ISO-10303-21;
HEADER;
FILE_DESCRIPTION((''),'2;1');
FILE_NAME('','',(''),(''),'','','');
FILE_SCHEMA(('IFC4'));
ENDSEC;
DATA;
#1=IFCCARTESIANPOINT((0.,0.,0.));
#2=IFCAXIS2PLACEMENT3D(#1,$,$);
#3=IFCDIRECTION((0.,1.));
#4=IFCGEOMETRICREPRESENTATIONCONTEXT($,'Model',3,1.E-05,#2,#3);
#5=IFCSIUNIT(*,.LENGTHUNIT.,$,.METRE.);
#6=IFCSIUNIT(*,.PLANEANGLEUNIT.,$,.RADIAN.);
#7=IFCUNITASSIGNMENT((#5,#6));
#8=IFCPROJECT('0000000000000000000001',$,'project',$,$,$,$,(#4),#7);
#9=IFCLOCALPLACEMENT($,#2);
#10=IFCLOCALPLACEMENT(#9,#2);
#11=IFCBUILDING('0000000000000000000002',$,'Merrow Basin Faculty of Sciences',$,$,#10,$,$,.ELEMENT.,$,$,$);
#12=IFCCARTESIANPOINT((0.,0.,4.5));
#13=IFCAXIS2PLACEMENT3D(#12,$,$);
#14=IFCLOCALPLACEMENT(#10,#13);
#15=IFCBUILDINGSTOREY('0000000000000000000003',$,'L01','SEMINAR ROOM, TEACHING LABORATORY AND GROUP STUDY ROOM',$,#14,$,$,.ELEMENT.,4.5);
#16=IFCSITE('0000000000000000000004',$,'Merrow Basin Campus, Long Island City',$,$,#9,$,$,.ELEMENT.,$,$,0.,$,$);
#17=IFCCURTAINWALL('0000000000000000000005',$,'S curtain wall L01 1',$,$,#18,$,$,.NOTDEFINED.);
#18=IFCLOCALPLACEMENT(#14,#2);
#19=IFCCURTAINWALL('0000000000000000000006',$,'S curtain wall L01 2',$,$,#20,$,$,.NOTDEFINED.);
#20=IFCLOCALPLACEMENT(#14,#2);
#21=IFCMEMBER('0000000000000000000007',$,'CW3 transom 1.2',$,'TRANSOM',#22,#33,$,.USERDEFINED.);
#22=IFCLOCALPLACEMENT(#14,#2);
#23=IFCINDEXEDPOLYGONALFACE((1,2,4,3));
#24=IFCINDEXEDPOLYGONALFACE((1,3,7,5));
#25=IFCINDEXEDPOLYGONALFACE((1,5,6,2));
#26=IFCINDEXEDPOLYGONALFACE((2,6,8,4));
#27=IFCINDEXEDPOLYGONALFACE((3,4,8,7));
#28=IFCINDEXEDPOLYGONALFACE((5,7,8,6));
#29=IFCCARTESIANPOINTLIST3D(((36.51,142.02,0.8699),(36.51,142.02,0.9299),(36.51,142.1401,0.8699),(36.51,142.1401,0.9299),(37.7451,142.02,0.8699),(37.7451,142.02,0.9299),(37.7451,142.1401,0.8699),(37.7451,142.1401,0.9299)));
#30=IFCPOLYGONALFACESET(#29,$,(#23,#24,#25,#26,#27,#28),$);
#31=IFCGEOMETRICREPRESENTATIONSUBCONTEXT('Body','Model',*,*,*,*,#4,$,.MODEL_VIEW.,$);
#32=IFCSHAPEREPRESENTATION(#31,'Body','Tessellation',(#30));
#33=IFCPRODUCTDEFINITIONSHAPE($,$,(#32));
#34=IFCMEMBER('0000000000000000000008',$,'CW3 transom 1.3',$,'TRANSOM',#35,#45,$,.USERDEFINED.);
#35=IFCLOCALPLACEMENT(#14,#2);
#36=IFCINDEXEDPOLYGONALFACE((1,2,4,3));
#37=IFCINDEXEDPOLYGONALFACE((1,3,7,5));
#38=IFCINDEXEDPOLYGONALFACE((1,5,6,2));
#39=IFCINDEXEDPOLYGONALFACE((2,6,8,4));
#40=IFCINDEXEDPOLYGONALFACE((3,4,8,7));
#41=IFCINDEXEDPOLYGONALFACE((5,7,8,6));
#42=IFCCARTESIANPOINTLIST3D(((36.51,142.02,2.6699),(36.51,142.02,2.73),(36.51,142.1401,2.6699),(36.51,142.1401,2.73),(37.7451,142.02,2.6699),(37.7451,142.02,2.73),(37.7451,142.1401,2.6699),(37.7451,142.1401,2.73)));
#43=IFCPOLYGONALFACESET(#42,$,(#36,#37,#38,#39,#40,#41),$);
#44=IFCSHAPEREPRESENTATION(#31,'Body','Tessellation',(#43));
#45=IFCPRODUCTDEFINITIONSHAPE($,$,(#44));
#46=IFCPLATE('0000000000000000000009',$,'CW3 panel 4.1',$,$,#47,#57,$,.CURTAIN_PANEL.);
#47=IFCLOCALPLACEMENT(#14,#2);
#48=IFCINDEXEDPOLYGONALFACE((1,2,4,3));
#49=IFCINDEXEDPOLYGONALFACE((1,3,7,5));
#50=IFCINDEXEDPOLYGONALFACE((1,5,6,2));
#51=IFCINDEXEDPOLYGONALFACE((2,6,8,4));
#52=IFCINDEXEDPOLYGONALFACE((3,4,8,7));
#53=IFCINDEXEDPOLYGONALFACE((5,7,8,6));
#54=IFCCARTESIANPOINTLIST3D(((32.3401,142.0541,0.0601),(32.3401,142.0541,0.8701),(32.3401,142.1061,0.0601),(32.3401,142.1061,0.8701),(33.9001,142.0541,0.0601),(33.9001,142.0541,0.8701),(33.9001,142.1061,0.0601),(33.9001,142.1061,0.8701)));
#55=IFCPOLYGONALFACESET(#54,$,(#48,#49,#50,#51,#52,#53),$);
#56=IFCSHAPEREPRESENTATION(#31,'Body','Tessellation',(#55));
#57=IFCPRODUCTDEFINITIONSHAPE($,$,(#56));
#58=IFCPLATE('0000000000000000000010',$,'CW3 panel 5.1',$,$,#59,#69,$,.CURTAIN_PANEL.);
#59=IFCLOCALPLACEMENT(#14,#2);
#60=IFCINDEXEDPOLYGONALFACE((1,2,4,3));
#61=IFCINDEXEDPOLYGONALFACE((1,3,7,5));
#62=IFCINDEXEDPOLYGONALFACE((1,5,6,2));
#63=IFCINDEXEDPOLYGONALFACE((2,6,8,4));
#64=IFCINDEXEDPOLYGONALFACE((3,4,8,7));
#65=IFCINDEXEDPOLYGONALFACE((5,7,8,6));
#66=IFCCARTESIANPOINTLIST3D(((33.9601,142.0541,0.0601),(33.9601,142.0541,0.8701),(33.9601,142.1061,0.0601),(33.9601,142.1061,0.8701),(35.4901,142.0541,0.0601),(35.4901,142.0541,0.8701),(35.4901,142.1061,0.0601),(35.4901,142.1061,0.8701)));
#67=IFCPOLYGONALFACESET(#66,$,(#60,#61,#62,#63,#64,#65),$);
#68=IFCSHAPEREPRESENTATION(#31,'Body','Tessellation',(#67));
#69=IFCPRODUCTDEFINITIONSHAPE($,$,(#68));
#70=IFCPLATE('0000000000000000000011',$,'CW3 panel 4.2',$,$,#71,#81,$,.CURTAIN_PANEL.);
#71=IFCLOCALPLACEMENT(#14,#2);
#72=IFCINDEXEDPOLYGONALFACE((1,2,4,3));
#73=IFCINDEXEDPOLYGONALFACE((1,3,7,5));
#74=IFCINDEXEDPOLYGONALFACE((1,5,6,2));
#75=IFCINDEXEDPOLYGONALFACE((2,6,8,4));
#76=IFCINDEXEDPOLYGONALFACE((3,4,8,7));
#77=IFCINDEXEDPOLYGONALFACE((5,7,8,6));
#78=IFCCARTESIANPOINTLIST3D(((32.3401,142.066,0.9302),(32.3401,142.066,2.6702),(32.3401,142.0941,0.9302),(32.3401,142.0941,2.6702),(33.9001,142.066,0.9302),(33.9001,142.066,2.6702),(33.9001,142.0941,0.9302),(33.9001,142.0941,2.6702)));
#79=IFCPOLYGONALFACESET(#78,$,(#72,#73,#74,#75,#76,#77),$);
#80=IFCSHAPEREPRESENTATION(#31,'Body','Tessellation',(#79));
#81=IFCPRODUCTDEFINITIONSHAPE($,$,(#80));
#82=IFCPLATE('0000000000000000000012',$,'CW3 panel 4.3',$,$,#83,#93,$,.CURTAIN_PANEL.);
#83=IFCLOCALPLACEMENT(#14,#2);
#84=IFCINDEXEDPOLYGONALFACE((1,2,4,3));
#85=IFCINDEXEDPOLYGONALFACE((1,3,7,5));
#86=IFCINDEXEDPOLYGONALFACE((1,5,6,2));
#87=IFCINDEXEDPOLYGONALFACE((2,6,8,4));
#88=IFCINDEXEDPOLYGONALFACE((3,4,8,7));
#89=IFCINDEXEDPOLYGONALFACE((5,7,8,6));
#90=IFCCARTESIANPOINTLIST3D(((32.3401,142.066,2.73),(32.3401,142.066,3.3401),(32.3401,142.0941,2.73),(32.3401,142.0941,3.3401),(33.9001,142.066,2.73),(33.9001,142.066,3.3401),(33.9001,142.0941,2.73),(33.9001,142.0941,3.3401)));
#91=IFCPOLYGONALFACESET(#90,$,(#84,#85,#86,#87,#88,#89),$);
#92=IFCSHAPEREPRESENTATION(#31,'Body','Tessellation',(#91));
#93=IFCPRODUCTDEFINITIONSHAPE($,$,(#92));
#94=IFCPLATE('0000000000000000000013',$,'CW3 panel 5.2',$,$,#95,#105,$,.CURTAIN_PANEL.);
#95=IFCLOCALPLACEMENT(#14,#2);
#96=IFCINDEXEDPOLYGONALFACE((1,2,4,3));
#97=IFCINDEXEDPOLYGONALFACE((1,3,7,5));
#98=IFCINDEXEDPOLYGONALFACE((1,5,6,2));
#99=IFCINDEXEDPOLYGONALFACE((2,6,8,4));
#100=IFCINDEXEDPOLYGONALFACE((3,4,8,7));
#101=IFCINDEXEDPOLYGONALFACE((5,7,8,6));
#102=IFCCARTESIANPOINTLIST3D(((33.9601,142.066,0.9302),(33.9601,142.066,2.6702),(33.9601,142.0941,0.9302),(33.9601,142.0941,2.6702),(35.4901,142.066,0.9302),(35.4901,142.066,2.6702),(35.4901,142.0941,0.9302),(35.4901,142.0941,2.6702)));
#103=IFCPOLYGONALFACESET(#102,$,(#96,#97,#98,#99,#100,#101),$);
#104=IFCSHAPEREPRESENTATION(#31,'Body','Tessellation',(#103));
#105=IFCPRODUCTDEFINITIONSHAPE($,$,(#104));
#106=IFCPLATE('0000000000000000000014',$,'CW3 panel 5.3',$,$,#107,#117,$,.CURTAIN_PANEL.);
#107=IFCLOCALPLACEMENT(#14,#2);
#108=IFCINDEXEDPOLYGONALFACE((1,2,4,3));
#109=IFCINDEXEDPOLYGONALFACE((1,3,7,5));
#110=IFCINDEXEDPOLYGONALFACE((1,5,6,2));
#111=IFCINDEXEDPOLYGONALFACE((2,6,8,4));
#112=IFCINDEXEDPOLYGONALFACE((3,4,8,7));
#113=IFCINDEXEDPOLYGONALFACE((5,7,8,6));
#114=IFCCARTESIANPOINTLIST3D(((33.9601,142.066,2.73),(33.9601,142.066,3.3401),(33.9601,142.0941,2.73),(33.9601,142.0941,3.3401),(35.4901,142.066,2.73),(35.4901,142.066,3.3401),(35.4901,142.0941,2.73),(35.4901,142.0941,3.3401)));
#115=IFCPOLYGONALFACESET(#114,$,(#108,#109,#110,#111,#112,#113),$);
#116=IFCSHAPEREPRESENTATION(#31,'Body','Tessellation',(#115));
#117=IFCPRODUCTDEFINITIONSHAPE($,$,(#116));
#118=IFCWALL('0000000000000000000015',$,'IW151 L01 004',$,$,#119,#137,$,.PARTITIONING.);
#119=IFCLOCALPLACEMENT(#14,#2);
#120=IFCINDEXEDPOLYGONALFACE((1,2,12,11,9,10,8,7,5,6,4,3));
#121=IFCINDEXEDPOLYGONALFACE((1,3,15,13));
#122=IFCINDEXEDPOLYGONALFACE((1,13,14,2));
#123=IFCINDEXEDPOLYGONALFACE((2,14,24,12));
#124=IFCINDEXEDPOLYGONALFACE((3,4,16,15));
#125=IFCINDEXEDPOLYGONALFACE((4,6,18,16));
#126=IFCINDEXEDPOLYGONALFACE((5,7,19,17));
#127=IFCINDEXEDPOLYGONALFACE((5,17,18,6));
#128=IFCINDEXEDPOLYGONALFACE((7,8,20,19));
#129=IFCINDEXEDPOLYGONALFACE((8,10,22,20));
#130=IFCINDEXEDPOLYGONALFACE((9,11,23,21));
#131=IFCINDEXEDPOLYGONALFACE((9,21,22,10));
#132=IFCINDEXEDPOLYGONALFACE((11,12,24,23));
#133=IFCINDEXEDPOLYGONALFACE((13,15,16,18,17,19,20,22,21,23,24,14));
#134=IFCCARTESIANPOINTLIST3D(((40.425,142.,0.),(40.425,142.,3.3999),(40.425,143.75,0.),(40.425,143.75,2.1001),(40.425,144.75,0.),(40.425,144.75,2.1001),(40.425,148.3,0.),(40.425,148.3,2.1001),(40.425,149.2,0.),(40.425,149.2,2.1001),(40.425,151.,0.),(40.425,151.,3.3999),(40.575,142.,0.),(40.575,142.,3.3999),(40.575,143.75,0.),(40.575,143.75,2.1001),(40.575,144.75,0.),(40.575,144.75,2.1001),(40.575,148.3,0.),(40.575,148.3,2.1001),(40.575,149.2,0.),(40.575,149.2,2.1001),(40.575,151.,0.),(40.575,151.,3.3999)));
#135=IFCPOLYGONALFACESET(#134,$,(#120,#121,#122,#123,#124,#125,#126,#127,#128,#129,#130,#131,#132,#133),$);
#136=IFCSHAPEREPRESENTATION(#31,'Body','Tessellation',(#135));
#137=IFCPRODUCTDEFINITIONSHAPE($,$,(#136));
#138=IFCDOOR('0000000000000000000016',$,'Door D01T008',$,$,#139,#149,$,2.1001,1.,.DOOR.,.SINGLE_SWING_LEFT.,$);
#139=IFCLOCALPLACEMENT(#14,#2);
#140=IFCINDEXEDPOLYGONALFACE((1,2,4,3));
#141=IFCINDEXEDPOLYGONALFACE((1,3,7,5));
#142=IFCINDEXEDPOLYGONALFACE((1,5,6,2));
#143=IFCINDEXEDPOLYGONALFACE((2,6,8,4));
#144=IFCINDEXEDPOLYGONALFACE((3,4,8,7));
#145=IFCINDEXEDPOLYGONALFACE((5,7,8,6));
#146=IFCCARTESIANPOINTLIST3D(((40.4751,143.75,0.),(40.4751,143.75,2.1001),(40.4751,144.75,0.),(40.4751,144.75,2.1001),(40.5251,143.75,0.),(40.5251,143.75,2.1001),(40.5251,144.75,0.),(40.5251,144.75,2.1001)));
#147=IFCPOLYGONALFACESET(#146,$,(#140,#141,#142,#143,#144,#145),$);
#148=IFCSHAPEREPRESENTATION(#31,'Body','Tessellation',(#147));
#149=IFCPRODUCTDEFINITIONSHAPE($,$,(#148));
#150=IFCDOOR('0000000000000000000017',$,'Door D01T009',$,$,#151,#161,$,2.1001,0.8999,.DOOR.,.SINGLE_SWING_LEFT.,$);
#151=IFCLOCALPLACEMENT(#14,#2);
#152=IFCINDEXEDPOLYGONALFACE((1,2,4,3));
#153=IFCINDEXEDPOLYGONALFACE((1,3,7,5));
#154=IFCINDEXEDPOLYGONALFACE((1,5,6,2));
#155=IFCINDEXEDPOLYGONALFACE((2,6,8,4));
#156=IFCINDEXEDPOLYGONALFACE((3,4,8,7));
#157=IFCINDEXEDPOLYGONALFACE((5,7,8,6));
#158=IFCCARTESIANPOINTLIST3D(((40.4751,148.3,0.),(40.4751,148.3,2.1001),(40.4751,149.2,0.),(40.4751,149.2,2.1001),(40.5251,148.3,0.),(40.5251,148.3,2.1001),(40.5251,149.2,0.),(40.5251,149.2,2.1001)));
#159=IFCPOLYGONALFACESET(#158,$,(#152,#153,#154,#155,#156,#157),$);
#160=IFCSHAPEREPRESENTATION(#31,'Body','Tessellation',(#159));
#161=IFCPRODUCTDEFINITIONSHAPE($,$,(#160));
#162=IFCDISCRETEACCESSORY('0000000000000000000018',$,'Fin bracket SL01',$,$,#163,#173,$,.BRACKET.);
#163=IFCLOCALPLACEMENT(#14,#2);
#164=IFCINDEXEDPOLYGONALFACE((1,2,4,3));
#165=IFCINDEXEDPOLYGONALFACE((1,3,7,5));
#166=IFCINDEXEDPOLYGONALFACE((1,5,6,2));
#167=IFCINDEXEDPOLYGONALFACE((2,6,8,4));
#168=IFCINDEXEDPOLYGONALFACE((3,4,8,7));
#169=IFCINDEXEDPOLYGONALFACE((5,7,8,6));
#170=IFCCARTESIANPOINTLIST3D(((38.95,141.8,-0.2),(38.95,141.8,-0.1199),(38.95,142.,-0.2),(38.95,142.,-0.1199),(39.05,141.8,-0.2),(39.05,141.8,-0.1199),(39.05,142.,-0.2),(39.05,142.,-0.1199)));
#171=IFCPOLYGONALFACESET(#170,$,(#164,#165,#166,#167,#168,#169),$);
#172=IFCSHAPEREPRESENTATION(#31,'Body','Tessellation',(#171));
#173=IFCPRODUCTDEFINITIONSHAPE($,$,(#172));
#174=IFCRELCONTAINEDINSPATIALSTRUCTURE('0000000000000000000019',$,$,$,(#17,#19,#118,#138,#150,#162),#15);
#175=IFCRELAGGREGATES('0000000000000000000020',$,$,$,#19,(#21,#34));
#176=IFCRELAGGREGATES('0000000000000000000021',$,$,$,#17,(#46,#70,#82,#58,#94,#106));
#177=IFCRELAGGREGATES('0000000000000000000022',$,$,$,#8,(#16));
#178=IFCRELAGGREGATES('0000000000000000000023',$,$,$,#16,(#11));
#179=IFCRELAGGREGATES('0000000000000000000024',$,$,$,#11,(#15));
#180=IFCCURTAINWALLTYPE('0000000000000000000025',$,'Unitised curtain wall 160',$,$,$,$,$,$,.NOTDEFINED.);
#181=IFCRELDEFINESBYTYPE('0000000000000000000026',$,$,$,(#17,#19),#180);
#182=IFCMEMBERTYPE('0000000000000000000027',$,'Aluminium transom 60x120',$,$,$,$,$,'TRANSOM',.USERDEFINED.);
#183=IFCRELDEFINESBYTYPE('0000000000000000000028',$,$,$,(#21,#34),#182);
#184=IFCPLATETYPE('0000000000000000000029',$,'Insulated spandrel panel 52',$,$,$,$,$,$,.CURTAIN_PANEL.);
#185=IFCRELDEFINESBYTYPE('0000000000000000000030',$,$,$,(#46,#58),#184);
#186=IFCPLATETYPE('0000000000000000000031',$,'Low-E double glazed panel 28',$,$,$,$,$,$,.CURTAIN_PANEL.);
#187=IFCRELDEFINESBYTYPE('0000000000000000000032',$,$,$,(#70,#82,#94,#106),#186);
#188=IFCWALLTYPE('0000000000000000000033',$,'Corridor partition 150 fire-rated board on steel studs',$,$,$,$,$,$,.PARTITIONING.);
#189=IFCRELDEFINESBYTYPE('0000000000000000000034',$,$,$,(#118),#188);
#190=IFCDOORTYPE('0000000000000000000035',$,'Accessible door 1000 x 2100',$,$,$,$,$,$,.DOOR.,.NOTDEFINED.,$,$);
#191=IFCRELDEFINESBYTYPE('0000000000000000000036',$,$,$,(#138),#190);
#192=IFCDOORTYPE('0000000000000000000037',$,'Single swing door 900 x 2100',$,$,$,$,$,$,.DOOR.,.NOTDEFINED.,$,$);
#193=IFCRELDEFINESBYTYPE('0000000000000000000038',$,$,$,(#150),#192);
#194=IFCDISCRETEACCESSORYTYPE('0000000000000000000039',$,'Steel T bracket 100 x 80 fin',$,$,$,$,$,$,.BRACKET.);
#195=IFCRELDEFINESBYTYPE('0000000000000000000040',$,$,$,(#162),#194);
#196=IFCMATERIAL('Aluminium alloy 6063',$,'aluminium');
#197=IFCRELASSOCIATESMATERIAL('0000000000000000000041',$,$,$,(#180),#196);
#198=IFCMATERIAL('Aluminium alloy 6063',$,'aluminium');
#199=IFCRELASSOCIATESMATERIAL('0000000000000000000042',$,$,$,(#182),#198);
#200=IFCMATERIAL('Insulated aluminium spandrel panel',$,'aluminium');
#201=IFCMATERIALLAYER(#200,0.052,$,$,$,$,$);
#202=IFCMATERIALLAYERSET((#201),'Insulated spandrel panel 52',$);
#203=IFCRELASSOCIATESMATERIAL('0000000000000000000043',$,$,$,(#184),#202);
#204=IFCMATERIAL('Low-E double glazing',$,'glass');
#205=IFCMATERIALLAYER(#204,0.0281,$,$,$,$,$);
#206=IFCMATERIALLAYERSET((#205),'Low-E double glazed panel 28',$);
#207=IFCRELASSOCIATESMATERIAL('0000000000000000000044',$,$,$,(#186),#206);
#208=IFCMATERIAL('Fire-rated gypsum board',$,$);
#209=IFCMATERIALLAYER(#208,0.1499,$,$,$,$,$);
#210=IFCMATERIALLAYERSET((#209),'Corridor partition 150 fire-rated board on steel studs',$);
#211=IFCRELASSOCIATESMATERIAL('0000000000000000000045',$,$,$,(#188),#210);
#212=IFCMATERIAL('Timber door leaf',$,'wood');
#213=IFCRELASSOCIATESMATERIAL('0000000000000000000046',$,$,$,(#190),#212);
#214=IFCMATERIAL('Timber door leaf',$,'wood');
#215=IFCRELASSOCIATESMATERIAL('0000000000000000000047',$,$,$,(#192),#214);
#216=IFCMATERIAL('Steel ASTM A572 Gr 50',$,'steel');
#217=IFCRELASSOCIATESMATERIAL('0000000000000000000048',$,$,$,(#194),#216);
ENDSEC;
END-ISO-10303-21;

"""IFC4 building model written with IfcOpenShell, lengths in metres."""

from ifc_helpers import new_model, si_unit, direction, frame, frame_2d, origin, origin_2d, place, context, subcontext, project, spatial, polyline, rectangle, outline, extrude, source, transform, mapped, material, layer, layer_set, material_profile, profile_set, type_object, element, fill, aggregate, save


model = new_model("IFC4")

# Units and contexts
model_context = context("Model", 3, precision=1e-05, world=origin(), true_north=direction((0.0, 1.0)))
body_context = subcontext(model_context, "Body", "Model", "MODEL_VIEW")
ifc_project = project(units=[si_unit("LENGTHUNIT", "METRE"), si_unit("PLANEANGLEUNIT", "RADIAN")], contexts=[model_context])

# Site, building, storey
site_placement = place(None, origin())
site = spatial("IfcSite", under=ifc_project, at=site_placement, Name="Merrow Basin Campus, Long Island City", CompositionType="ELEMENT", RefElevation=0.0)
building_placement = place(site_placement, origin())
building = spatial("IfcBuilding", under=site, at=building_placement, Name="Merrow Basin Faculty of Sciences", CompositionType="ELEMENT")
storey_placement = place(building_placement, frame((0.0, 0.0, 4.5)))
storey = spatial("IfcBuildingStorey", under=building, at=storey_placement, Name="L01", Description="SEMINAR ROOM, TEACHING LABORATORY AND GROUP STUDY ROOM", CompositionType="ELEMENT", Elevation=4.5)

# Curtain wall
ifc_material_1 = material(Name="Aluminium alloy 6063", Category="aluminium")
curtain_wall_type = type_object("IfcCurtainWallType", Name="Unitised curtain wall 160", PredefinedType="NOTDEFINED", material=ifc_material_1)
curtain_wall_1_placement = place(storey_placement, origin())
curtain_wall_1 = element("IfcCurtainWall", 1, at=curtain_wall_1_placement, inside=storey, type_object=curtain_wall_type, Name="S curtain wall L01 1", PredefinedType="NOTDEFINED")

# Curtain wall
curtain_wall_2_placement = place(storey_placement, origin())
curtain_wall_2 = element("IfcCurtainWall", 2, at=curtain_wall_2_placement, inside=storey, type_object=curtain_wall_type, Name="S curtain wall L01 2", PredefinedType="NOTDEFINED")

# Members
ifc_material_2 = material(Name="Aluminium alloy 6063", Category="aluminium")
ifc_material_profile_1 = material_profile(ifc_material_2, rectangle(XDim=0.1201, YDim=0.0601, at=origin_2d()))
ifc_profile_set_1 = profile_set([ifc_material_profile_1], Name="Aluminium alloy 6063")
member_type_1 = type_object("IfcMemberType", Name="Aluminium transom 60x120", ElementType="TRANSOM", PredefinedType="USERDEFINED", material=ifc_profile_set_1)
member_1_placement = place(storey_placement, frame((36.51, 142.0801, 0.8999), z_axis=(1.0, 0.0, 0.0), x_axis=(0.0, 1.0, 0.0)))
member_1 = element("IfcMember", 3, at=member_1_placement, type_object=member_type_1, Name="CW3 transom 1.2", ObjectType="TRANSOM", PredefinedType="USERDEFINED", context=body_context, shape_type="SweptSolid", body=[
    extrude(rectangle(XDim=0.1201, YDim=0.0601, at=origin_2d()), origin(), (0.0, 0.0, 1.0), 1.2351),
])
member_2_placement = place(storey_placement, frame((36.51, 142.0801, 2.7), z_axis=(1.0, 0.0, 0.0), x_axis=(0.0, 1.0, 0.0)))
member_2 = element("IfcMember", 4, at=member_2_placement, type_object=member_type_1, Name="CW3 transom 1.3", ObjectType="TRANSOM", PredefinedType="USERDEFINED", context=body_context, shape_type="SweptSolid", body=[
    extrude(rectangle(XDim=0.1201, YDim=0.0601, at=origin_2d()), origin(), (0.0, 0.0, 1.0), 1.2351),
])
aggregate(curtain_wall_2, [member_1, member_2])

# Plates
ifc_material_3 = material(Name="Insulated aluminium spandrel panel", Category="aluminium")
ifc_layer_1 = layer(ifc_material_3, 0.052)
ifc_layer_set_1 = layer_set([ifc_layer_1], Name="Insulated spandrel panel 52")
plate_type_1 = type_object("IfcPlateType", Name="Insulated spandrel panel 52", PredefinedType="CURTAIN_PANEL", material=ifc_layer_set_1)
plate_1_placement = place(storey_placement, frame((33.1201, 142.0801, 0.0601), z_axis=(0.0, 0.0, 1.0), x_axis=(1.0, 0.0, 0.0)))
plate_1 = element("IfcPlate", 5, at=plate_1_placement, type_object=plate_type_1, Name="CW3 panel 4.1", PredefinedType="CURTAIN_PANEL", context=body_context, shape_type="SweptSolid", body=[
    extrude(rectangle(XDim=1.5601, YDim=0.052, at=origin_2d()), origin(), (0.0, 0.0, 1.0), 0.8101),
])
plate_2_placement = place(storey_placement, frame((34.7251, 142.0801, 0.0601), z_axis=(0.0, 0.0, 1.0), x_axis=(1.0, 0.0, 0.0)))
plate_2 = element("IfcPlate", 6, at=plate_2_placement, type_object=plate_type_1, Name="CW3 panel 5.1", PredefinedType="CURTAIN_PANEL", context=body_context, shape_type="SweptSolid", body=[
    extrude(rectangle(XDim=1.53, YDim=0.052, at=origin_2d()), origin(), (0.0, 0.0, 1.0), 0.8101),
])
ifc_material_4 = material(Name="Low-E double glazing", Category="glass")
ifc_layer_2 = layer(ifc_material_4, 0.0281)
ifc_layer_set_2 = layer_set([ifc_layer_2], Name="Low-E double glazed panel 28")
plate_type_2 = type_object("IfcPlateType", Name="Low-E double glazed panel 28", PredefinedType="CURTAIN_PANEL", material=ifc_layer_set_2)
plate_3_placement = place(storey_placement, frame((33.1201, 142.0801, 0.9302), z_axis=(0.0, 0.0, 1.0), x_axis=(1.0, 0.0, 0.0)))
plate_3 = element("IfcPlate", 7, at=plate_3_placement, type_object=plate_type_2, Name="CW3 panel 4.2", PredefinedType="CURTAIN_PANEL", context=body_context, shape_type="SweptSolid", body=[
    extrude(rectangle(XDim=1.5601, YDim=0.0281, at=origin_2d()), origin(), (0.0, 0.0, 1.0), 1.74),
])
plate_4_placement = place(storey_placement, frame((33.1201, 142.0801, 2.73), z_axis=(0.0, 0.0, 1.0), x_axis=(1.0, 0.0, 0.0)))
plate_4 = element("IfcPlate", 8, at=plate_4_placement, type_object=plate_type_2, Name="CW3 panel 4.3", PredefinedType="CURTAIN_PANEL", context=body_context, shape_type="SweptSolid", body=[
    extrude(rectangle(XDim=1.5601, YDim=0.0281, at=origin_2d()), origin(), (0.0, 0.0, 1.0), 0.6101),
])
plate_5_placement = place(storey_placement, frame((34.7251, 142.0801, 0.9302), z_axis=(0.0, 0.0, 1.0), x_axis=(1.0, 0.0, 0.0)))
plate_5 = element("IfcPlate", 9, at=plate_5_placement, type_object=plate_type_2, Name="CW3 panel 5.2", PredefinedType="CURTAIN_PANEL", context=body_context, shape_type="SweptSolid", body=[
    extrude(rectangle(XDim=1.53, YDim=0.0281, at=origin_2d()), origin(), (0.0, 0.0, 1.0), 1.74),
])
plate_6_placement = place(storey_placement, frame((34.7251, 142.0801, 2.73), z_axis=(0.0, 0.0, 1.0), x_axis=(1.0, 0.0, 0.0)))
plate_6 = element("IfcPlate", 10, at=plate_6_placement, type_object=plate_type_2, Name="CW3 panel 5.3", PredefinedType="CURTAIN_PANEL", context=body_context, shape_type="SweptSolid", body=[
    extrude(rectangle(XDim=1.53, YDim=0.0281, at=origin_2d()), origin(), (0.0, 0.0, 1.0), 0.6101),
])
aggregate(curtain_wall_1, [plate_1, plate_3, plate_4, plate_2, plate_5, plate_6])

# Wall, openings, doors
ifc_material_5 = material(Name="Fire-rated gypsum board")
ifc_layer_3 = layer(ifc_material_5, 0.1499)
ifc_layer_set_3 = layer_set([ifc_layer_3], Name="Corridor partition 150 fire-rated board on steel studs")
wall_type = type_object("IfcWallType", Name="Corridor partition 150 fire-rated board on steel studs", PredefinedType="PARTITIONING", material=ifc_layer_set_3)
wall_placement = place(storey_placement, frame((40.5, 142.0, 0.0), z_axis=(0.0, 0.0, 1.0), x_axis=(0.0, 1.0, 0.0)))
wall = element("IfcWall", 11, at=wall_placement, inside=storey, type_object=wall_type, Name="IW151 L01 004", PredefinedType="PARTITIONING", context=body_context, shape_type="SweptSolid", body=[
    extrude(rectangle(XDim=9.0, YDim=0.1499, at=frame_2d((4.5, 0.0))), origin(), (0.0, 0.0, 1.0), 3.3999),
])
opening_1_placement = place(wall_placement, frame((1.75, 0.0, 0.0)))
opening_1 = element("IfcOpeningElement", 12, at=opening_1_placement, cuts=wall, PredefinedType="OPENING", context=body_context, shape_type="SweptSolid", body=[
    extrude(rectangle(XDim=1.0, YDim=2.1001, at=frame_2d((0.5, 1.05))), frame((0.0, 0.085, 0.0), z_axis=(0.0, -1.0, 0.0), x_axis=(1.0, 0.0, 0.0)), (0.0, 0.0, 1.0), 0.1699),
])
opening_2_placement = place(wall_placement, frame((6.3, 0.0, 0.0)))
opening_2 = element("IfcOpeningElement", 13, at=opening_2_placement, cuts=wall, PredefinedType="OPENING", context=body_context, shape_type="SweptSolid", body=[
    extrude(rectangle(XDim=0.8999, YDim=2.1001, at=frame_2d((0.45, 1.05))), frame((0.0, 0.085, 0.0), z_axis=(0.0, -1.0, 0.0), x_axis=(1.0, 0.0, 0.0)), (0.0, 0.0, 1.0), 0.1699),
])
ifc_material_6 = material(Name="Timber door leaf", Category="wood")
door_type_1 = type_object("IfcDoorType", Name="Accessible door 1000 x 2100", OperationType="NOTDEFINED", PredefinedType="DOOR", material=ifc_material_6)
door_1_placement = place(opening_1_placement, origin())
door_1 = element("IfcDoor", 14, at=door_1_placement, inside=storey, type_object=door_type_1, Name="Door D01T008", OperationType="SINGLE_SWING_LEFT", OverallHeight=2.1001, OverallWidth=1.0, PredefinedType="DOOR", context=body_context, shape_type="SweptSolid", body=[
    extrude(rectangle(XDim=1.0, YDim=2.1001, at=frame_2d((0.5, 1.05))), frame((0.0, 0.0249, 0.0), z_axis=(0.0, -1.0, 0.0), x_axis=(1.0, 0.0, 0.0)), (0.0, 0.0, 1.0), 0.05),
])
fill(opening_1, door_1)
ifc_material_7 = material(Name="Timber door leaf", Category="wood")
door_type_2 = type_object("IfcDoorType", Name="Single swing door 900 x 2100", OperationType="NOTDEFINED", PredefinedType="DOOR", material=ifc_material_7)
door_2_placement = place(opening_2_placement, origin())
door_2 = element("IfcDoor", 15, at=door_2_placement, inside=storey, type_object=door_type_2, Name="Door D01T009", OperationType="SINGLE_SWING_LEFT", OverallHeight=2.1001, OverallWidth=0.8999, PredefinedType="DOOR", context=body_context, shape_type="SweptSolid", body=[
    extrude(rectangle(XDim=0.8999, YDim=2.1001, at=frame_2d((0.45, 1.05))), frame((0.0, 0.0249, 0.0), z_axis=(0.0, -1.0, 0.0), x_axis=(1.0, 0.0, 0.0)), (0.0, 0.0, 1.0), 0.05),
])
fill(opening_2, door_2)

# Discrete accessory
ifc_material_8 = material(Name="Steel ASTM A572 Gr 50", Category="steel")
discrete_accessory_type = type_object("IfcDiscreteAccessoryType", Name="Steel T bracket 100 x 80 fin", PredefinedType="BRACKET", material=ifc_material_8)
shared_shape = source(origin(), body_context, "Body", "SweptSolid", [
    extrude(outline(polyline([(0.0, 0.0), (0.1001, 0.0), (0.1001, 0.0801), (0.0, 0.0801), (0.0, 0.0)])), origin(), (0.0, 0.0, 1.0), 0.2),
])
for number, where, z_axis, x_axis, name in (
    (16, (38.95, 142.0, -0.2), (0.0, -1.0, 0.0), (1.0, 0.0, 0.0), "Fin bracket SL01"),
):
    element("IfcDiscreteAccessory", number, at=place(storey_placement, frame(where, z_axis=z_axis, x_axis=x_axis)), inside=storey, type_object=discrete_accessory_type, Name=name, PredefinedType="BRACKET", context=body_context, shape_type="MappedRepresentation", body=[
        mapped(shared_shape, transform((0.0, 0.0, 0.0), scale=1.0)),
    ])

save(model, "model.ifc")
